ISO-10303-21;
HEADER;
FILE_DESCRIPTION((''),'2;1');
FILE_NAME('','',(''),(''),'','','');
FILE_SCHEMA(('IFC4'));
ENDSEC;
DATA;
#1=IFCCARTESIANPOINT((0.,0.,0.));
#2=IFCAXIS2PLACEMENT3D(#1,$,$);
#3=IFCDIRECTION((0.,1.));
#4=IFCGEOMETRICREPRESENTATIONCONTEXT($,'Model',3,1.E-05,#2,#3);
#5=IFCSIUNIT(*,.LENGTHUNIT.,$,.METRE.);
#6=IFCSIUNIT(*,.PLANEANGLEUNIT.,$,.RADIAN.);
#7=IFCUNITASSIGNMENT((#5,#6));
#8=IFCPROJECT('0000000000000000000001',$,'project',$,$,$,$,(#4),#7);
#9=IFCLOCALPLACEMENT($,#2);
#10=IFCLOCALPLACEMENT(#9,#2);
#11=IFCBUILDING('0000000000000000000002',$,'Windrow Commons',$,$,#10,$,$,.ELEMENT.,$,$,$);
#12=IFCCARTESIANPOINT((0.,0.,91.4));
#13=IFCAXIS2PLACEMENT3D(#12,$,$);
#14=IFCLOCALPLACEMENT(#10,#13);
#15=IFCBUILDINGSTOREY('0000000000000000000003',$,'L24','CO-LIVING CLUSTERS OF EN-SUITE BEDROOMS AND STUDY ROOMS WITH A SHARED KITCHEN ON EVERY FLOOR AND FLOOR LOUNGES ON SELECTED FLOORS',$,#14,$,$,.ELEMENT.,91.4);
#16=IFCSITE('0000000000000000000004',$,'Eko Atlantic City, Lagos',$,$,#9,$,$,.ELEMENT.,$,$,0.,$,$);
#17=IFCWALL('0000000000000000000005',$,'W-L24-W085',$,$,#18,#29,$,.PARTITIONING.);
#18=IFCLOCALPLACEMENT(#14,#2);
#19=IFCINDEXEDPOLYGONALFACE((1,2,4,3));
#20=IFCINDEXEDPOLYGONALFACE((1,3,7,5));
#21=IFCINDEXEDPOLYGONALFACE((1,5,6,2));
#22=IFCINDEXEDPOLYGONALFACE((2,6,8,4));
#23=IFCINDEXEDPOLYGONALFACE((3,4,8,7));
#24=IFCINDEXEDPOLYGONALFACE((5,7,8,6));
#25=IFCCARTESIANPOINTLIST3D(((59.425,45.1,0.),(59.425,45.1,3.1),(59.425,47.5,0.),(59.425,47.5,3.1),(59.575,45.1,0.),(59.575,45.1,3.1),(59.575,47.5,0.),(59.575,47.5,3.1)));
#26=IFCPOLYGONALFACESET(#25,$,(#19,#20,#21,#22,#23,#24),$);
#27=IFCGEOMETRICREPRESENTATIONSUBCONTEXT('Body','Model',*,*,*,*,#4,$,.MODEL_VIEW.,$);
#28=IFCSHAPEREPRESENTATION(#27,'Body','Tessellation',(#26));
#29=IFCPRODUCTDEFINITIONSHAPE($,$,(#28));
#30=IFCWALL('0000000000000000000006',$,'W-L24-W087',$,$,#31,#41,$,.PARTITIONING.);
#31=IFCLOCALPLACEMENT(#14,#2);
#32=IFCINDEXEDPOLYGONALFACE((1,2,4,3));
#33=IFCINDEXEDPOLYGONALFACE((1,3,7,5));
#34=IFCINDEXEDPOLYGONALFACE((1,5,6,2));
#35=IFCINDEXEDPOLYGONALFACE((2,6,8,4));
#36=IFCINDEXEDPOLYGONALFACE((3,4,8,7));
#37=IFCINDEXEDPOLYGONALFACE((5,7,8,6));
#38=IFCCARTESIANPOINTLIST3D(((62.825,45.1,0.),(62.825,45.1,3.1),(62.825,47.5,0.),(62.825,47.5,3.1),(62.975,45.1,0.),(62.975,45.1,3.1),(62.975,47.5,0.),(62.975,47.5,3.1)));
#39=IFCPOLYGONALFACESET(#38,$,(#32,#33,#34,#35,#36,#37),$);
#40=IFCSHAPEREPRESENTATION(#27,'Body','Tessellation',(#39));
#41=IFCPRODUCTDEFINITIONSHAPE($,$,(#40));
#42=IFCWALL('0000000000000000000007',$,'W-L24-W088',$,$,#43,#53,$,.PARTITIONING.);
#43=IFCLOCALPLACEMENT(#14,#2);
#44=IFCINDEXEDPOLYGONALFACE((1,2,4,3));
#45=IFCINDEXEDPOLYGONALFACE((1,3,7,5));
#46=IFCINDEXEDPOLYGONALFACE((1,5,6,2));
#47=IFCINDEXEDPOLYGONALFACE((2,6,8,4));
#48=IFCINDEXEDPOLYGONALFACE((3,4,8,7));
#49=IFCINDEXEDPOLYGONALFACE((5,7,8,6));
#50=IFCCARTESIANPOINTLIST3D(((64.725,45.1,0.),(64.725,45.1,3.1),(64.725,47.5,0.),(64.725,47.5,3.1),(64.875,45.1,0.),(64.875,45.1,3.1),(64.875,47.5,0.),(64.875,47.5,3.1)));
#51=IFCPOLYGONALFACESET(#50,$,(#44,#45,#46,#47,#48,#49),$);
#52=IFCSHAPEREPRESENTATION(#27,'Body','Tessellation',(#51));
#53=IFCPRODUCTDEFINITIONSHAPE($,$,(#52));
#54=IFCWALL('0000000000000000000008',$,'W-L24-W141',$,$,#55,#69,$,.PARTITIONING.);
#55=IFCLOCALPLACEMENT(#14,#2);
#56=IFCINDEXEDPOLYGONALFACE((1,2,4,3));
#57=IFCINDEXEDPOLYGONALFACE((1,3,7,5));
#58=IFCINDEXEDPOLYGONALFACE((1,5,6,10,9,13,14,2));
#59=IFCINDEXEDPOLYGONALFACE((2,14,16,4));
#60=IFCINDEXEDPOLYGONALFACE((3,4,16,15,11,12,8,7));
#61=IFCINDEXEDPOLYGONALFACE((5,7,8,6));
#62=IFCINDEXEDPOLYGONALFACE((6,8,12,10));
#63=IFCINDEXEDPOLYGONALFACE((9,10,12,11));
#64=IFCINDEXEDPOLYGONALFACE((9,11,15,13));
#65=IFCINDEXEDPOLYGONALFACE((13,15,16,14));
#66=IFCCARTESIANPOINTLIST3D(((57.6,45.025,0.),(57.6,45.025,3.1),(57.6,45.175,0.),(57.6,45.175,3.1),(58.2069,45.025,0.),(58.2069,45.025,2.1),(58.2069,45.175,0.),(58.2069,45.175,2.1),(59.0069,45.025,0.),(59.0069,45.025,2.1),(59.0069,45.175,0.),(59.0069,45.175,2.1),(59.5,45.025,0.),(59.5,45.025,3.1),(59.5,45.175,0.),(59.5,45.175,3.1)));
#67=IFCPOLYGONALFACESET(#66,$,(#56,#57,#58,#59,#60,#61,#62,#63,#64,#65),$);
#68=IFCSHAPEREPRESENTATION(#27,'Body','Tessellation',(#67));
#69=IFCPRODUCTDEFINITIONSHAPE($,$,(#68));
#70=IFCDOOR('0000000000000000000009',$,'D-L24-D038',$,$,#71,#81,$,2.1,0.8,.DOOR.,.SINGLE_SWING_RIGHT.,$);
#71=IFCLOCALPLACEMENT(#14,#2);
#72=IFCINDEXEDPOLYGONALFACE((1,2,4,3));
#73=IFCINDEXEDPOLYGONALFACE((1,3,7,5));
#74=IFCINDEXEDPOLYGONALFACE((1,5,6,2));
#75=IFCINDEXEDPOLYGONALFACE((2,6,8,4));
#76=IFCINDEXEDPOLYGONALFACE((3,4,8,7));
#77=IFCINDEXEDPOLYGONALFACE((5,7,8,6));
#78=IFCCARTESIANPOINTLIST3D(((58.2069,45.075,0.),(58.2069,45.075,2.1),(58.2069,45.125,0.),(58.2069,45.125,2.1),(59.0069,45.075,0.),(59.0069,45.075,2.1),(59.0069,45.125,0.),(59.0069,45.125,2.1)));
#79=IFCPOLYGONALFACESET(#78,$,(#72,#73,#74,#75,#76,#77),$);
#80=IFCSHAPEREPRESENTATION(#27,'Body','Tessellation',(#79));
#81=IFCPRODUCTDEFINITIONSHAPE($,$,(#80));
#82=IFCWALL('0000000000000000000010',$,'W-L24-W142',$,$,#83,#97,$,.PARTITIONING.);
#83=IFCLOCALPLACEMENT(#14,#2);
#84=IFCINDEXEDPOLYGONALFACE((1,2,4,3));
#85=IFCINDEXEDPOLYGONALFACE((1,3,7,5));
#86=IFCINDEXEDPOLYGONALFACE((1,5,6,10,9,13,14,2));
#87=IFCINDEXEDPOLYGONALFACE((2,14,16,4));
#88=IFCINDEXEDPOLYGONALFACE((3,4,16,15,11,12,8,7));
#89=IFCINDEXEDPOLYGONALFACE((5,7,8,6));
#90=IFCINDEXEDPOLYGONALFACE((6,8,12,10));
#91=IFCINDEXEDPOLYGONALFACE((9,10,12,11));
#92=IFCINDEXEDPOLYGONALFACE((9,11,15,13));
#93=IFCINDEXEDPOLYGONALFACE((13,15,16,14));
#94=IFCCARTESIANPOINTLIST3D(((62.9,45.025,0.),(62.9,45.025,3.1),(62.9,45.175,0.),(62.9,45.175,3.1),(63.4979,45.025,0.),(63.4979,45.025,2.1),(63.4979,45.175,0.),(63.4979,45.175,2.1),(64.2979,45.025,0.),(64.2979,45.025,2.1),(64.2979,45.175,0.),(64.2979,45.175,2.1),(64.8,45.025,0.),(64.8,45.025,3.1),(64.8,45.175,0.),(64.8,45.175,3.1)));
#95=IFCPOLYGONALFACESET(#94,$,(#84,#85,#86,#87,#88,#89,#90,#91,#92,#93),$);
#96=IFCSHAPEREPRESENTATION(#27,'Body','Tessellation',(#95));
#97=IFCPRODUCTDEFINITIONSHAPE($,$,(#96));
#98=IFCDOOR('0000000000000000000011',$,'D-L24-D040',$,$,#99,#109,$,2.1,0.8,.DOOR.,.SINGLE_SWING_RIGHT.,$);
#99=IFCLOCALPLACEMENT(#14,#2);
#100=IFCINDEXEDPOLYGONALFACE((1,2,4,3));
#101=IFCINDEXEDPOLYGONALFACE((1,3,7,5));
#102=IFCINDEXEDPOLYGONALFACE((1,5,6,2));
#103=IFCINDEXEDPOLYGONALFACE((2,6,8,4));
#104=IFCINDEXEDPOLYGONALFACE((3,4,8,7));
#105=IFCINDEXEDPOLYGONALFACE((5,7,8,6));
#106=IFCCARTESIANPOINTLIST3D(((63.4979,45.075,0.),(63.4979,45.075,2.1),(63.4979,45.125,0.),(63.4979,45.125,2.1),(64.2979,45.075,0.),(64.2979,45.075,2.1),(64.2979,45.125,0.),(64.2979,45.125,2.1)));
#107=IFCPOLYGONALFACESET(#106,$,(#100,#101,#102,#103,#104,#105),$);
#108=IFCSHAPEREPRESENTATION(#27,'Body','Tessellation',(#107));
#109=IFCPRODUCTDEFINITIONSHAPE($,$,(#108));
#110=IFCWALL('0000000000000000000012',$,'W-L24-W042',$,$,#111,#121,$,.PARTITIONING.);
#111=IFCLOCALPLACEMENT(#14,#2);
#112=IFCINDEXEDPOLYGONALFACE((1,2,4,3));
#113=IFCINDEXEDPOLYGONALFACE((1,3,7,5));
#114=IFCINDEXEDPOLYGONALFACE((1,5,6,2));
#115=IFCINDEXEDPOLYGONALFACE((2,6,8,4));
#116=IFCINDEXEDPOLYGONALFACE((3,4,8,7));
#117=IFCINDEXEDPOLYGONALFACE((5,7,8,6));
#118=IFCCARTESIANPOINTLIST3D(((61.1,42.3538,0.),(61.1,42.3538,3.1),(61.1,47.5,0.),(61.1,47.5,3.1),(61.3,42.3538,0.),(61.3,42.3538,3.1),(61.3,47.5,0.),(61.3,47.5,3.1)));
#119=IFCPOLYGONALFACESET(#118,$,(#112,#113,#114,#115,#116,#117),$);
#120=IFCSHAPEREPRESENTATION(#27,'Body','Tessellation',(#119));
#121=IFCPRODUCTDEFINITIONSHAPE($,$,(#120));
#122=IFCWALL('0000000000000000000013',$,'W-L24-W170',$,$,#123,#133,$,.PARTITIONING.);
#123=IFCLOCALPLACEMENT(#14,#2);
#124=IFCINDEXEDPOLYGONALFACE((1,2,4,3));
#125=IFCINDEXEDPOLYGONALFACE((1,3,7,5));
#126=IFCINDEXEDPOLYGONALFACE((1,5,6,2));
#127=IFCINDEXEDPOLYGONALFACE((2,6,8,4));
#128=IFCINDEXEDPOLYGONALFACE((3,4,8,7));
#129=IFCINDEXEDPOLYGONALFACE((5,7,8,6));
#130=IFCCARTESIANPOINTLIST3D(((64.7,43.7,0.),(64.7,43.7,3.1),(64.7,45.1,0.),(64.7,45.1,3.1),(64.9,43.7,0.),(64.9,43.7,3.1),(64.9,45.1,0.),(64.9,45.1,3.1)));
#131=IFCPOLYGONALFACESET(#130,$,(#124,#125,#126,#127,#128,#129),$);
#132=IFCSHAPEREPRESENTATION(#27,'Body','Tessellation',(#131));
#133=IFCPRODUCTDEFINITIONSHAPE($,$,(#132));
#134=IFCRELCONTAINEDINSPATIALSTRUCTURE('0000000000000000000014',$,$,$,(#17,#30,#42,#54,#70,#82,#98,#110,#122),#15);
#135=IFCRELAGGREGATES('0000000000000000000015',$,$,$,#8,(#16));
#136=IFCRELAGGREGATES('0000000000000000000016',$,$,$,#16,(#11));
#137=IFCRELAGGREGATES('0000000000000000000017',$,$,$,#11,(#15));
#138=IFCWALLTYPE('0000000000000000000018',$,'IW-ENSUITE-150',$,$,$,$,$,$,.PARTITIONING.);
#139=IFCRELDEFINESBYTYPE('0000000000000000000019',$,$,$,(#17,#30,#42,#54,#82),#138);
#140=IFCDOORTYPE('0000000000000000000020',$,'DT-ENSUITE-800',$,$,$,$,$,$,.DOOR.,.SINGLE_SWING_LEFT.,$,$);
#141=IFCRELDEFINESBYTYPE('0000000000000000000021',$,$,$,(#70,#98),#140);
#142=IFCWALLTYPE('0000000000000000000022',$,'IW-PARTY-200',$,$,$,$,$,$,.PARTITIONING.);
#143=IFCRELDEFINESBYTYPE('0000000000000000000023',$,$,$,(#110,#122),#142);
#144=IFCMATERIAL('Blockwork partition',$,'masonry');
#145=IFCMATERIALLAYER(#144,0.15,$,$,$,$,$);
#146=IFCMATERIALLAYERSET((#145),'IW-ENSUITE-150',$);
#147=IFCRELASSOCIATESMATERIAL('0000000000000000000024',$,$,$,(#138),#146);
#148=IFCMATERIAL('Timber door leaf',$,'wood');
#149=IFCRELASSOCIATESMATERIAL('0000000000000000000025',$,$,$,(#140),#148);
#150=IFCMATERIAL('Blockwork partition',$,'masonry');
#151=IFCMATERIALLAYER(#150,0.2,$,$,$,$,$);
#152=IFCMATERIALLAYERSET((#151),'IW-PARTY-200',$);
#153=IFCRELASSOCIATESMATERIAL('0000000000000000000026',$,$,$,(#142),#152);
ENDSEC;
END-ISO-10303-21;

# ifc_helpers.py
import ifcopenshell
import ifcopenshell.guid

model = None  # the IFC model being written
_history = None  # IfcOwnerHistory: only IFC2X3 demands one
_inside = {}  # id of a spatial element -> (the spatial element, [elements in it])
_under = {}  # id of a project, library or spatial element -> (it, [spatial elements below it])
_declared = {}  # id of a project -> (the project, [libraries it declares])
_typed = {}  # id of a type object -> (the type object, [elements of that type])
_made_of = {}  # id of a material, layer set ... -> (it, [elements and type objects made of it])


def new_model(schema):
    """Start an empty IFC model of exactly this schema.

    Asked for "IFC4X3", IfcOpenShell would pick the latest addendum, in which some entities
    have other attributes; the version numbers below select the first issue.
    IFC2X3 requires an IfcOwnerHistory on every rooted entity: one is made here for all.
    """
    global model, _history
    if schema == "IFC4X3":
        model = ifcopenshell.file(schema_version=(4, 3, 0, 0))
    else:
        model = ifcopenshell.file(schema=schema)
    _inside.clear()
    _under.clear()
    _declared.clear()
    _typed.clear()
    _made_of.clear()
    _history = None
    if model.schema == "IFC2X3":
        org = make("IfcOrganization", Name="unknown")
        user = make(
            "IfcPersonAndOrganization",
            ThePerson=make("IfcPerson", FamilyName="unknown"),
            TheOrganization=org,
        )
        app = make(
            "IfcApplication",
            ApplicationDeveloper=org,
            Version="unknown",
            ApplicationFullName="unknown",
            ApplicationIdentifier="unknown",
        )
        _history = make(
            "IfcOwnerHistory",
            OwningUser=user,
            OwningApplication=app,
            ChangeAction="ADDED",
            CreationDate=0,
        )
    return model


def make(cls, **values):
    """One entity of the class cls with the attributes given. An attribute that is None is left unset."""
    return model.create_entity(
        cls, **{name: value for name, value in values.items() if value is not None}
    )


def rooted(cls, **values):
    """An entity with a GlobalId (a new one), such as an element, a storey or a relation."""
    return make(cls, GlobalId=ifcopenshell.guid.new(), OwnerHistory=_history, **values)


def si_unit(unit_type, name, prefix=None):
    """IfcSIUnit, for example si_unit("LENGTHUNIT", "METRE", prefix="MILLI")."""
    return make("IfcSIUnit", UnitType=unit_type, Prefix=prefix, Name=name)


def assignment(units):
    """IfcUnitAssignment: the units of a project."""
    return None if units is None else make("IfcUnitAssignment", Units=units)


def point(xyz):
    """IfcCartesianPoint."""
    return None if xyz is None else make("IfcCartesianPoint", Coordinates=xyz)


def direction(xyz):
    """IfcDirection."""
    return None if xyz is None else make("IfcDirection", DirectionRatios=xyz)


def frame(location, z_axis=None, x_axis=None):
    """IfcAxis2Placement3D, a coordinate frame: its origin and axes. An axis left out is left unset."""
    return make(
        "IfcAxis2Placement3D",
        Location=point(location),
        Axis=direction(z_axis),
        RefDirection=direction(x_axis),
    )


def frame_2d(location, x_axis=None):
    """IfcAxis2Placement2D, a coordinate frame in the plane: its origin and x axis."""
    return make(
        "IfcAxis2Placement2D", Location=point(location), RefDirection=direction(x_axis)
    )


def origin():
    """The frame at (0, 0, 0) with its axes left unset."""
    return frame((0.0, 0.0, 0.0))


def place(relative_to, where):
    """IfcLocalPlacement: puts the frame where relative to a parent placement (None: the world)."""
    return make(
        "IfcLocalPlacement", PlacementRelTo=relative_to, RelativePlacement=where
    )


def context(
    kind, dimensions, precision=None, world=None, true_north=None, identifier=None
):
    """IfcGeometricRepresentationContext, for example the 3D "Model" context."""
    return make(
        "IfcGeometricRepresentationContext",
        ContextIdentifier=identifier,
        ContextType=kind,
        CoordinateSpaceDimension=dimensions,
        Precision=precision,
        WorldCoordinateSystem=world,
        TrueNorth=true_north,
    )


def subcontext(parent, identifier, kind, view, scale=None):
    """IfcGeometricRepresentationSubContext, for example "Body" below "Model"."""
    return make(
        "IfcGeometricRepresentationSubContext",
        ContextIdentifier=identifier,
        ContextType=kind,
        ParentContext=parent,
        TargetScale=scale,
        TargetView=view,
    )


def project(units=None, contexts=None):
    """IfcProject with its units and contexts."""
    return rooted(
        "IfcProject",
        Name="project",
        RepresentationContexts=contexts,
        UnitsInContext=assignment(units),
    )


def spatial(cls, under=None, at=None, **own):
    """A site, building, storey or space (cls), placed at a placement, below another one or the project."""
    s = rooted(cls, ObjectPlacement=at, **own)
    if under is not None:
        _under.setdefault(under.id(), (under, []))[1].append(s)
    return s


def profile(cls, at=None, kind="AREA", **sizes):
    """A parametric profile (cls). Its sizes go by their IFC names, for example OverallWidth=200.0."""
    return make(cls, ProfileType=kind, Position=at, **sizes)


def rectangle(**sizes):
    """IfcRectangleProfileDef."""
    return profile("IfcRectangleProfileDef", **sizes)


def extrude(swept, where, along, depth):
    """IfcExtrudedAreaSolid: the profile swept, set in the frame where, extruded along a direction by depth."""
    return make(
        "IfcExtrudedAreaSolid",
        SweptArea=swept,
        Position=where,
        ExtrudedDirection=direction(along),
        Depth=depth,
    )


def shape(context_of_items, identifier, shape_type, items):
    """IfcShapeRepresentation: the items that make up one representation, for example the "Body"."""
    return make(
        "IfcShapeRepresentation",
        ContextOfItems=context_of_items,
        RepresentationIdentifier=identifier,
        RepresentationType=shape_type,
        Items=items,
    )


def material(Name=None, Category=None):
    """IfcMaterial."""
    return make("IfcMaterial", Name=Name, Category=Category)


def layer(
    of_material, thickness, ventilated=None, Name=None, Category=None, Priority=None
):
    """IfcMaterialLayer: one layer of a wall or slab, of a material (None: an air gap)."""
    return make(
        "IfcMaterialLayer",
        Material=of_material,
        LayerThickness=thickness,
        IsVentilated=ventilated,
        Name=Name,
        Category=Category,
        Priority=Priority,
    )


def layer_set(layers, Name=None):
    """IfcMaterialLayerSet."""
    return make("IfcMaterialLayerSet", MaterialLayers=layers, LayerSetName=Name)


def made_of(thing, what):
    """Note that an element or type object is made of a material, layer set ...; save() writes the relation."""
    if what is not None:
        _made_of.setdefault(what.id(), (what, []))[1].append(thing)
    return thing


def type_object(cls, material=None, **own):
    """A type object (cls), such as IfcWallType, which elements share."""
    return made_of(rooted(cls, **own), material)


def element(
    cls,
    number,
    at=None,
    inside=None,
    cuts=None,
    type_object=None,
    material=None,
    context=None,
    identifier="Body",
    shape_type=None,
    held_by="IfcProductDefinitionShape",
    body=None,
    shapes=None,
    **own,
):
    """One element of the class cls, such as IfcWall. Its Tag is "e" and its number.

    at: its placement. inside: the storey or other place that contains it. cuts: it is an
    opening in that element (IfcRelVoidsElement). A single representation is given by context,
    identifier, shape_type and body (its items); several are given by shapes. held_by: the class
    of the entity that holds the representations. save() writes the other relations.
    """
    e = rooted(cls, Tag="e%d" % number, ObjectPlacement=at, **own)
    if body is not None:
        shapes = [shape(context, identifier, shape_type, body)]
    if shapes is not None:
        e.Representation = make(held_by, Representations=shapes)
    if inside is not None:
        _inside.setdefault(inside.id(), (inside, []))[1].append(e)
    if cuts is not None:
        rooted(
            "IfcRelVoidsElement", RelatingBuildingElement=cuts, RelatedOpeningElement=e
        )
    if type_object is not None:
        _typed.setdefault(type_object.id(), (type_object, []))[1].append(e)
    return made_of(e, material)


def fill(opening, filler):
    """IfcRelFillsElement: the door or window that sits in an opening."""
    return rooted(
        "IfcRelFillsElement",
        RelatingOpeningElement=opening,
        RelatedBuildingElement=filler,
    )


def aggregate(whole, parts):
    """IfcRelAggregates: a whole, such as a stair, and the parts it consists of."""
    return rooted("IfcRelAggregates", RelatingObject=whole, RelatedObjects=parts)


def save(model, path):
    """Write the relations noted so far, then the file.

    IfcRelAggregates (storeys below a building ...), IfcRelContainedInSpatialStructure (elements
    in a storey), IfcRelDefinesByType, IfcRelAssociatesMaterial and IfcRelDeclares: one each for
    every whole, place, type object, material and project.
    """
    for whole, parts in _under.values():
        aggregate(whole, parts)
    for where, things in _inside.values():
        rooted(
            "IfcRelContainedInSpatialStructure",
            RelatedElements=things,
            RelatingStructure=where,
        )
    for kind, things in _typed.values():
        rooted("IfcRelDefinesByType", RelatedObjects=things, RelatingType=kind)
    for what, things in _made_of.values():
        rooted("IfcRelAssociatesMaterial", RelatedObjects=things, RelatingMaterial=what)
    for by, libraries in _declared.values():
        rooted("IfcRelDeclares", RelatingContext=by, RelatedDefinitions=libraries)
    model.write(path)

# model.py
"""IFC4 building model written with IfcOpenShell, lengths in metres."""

from ifc_helpers import new_model, si_unit, direction, frame, frame_2d, origin, place, context, subcontext, project, spatial, rectangle, extrude, material, layer, layer_set, type_object, element, fill, save


model = new_model("IFC4")

# Units and contexts
model_context = context("Model", 3, precision=1e-05, world=origin(), true_north=direction((0.0, 1.0)))
body_context = subcontext(model_context, "Body", "Model", "MODEL_VIEW")
ifc_project = project(units=[si_unit("LENGTHUNIT", "METRE"), si_unit("PLANEANGLEUNIT", "RADIAN")], contexts=[model_context])

# Site, building, storey
site_placement = place(None, origin())
site = spatial("IfcSite", under=ifc_project, at=site_placement, Name="Eko Atlantic City, Lagos", CompositionType="ELEMENT", RefElevation=0.0)
building_placement = place(site_placement, origin())
building = spatial("IfcBuilding", under=site, at=building_placement, Name="Windrow Commons", CompositionType="ELEMENT")
storey_placement = place(building_placement, frame((0.0, 0.0, 91.4)))
storey = spatial("IfcBuildingStorey", under=building, at=storey_placement, Name="L24", Description="CO-LIVING CLUSTERS OF EN-SUITE BEDROOMS AND STUDY ROOMS WITH A SHARED KITCHEN ON EVERY FLOOR AND FLOOR LOUNGES ON SELECTED FLOORS", CompositionType="ELEMENT", Elevation=91.4)

# Walls
ifc_material_1 = material(Name="Blockwork partition", Category="masonry")
ifc_layer_1 = layer(ifc_material_1, 0.15)
ifc_layer_set_1 = layer_set([ifc_layer_1], Name="IW-ENSUITE-150")
wall_type_1 = type_object("IfcWallType", Name="IW-ENSUITE-150", PredefinedType="PARTITIONING", material=ifc_layer_set_1)
for number, where, z_axis, x_axis, name in (
    (1, (59.5, 45.1, 0.0), (0.0, 0.0, 1.0), (0.0, 1.0, 0.0), "W-L24-W085"),
    (2, (62.9, 45.1, 0.0), (0.0, 0.0, 1.0), (0.0, 1.0, 0.0), "W-L24-W087"),
    (3, (64.8, 45.1, 0.0), (0.0, 0.0, 1.0), (0.0, 1.0, 0.0), "W-L24-W088"),
):
    element("IfcWall", number, at=place(storey_placement, frame(where, z_axis=z_axis, x_axis=x_axis)), inside=storey, type_object=wall_type_1, Name=name, PredefinedType="PARTITIONING", context=body_context, shape_type="SweptSolid", body=[
        extrude(rectangle(XDim=2.4, YDim=0.15, at=frame_2d((1.2, 0.0))), origin(), (0.0, 0.0, 1.0), 3.1),
    ])

# Walls, openings, doors
wall_1_placement = place(storey_placement, frame((57.6, 45.1, 0.0), z_axis=(0.0, 0.0, 1.0), x_axis=(1.0, 0.0, 0.0)))
wall_1 = element("IfcWall", 4, at=wall_1_placement, inside=storey, type_object=wall_type_1, Name="W-L24-W141", PredefinedType="PARTITIONING", context=body_context, shape_type="SweptSolid", body=[
    extrude(rectangle(XDim=1.9, YDim=0.15, at=frame_2d((0.95, 0.0))), origin(), (0.0, 0.0, 1.0), 3.1),
])
opening_1_placement = place(wall_1_placement, frame((0.6069, 0.0, 0.0)))
opening_1 = element("IfcOpeningElement", 5, at=opening_1_placement, cuts=wall_1, PredefinedType="OPENING", context=body_context, shape_type="SweptSolid", body=[
    extrude(rectangle(XDim=0.8, YDim=2.1, at=frame_2d((0.4, 1.05))), frame((0.0, 0.085, 0.0), z_axis=(0.0, -1.0, 0.0), x_axis=(1.0, 0.0, 0.0)), (0.0, 0.0, 1.0), 0.17),
])
ifc_material_2 = material(Name="Timber door leaf", Category="wood")
door_type = type_object("IfcDoorType", Name="DT-ENSUITE-800", OperationType="SINGLE_SWING_LEFT", PredefinedType="DOOR", material=ifc_material_2)
door_1_placement = place(opening_1_placement, origin())
door_1 = element("IfcDoor", 6, at=door_1_placement, inside=storey, type_object=door_type, Name="D-L24-D038", OperationType="SINGLE_SWING_RIGHT", OverallHeight=2.1, OverallWidth=0.8, PredefinedType="DOOR", context=body_context, shape_type="SweptSolid", body=[
    extrude(rectangle(XDim=0.8, YDim=2.1, at=frame_2d((0.4, 1.05))), frame((0.0, 0.025, 0.0), z_axis=(0.0, -1.0, 0.0), x_axis=(1.0, 0.0, 0.0)), (0.0, 0.0, 1.0), 0.05),
])
fill(opening_1, door_1)
wall_2_placement = place(storey_placement, frame((62.9, 45.1, 0.0), z_axis=(0.0, 0.0, 1.0), x_axis=(1.0, 0.0, 0.0)))
wall_2 = element("IfcWall", 7, at=wall_2_placement, inside=storey, type_object=wall_type_1, Name="W-L24-W142", PredefinedType="PARTITIONING", context=body_context, shape_type="SweptSolid", body=[
    extrude(rectangle(XDim=1.9, YDim=0.15, at=frame_2d((0.95, 0.0))), origin(), (0.0, 0.0, 1.0), 3.1),
])
opening_2_placement = place(wall_2_placement, frame((0.5979, 0.0, 0.0)))
opening_2 = element("IfcOpeningElement", 8, at=opening_2_placement, cuts=wall_2, PredefinedType="OPENING", context=body_context, shape_type="SweptSolid", body=[
    extrude(rectangle(XDim=0.8, YDim=2.1, at=frame_2d((0.4, 1.05))), frame((0.0, 0.085, 0.0), z_axis=(0.0, -1.0, 0.0), x_axis=(1.0, 0.0, 0.0)), (0.0, 0.0, 1.0), 0.17),
])
door_2_placement = place(opening_2_placement, origin())
door_2 = element("IfcDoor", 9, at=door_2_placement, inside=storey, type_object=door_type, Name="D-L24-D040", OperationType="SINGLE_SWING_RIGHT", OverallHeight=2.1, OverallWidth=0.8, PredefinedType="DOOR", context=body_context, shape_type="SweptSolid", body=[
    extrude(rectangle(XDim=0.8, YDim=2.1, at=frame_2d((0.4, 1.05))), frame((0.0, 0.025, 0.0), z_axis=(0.0, -1.0, 0.0), x_axis=(1.0, 0.0, 0.0)), (0.0, 0.0, 1.0), 0.05),
])
fill(opening_2, door_2)

# Walls
ifc_material_3 = material(Name="Blockwork partition", Category="masonry")
ifc_layer_2 = layer(ifc_material_3, 0.2)
ifc_layer_set_2 = layer_set([ifc_layer_2], Name="IW-PARTY-200")
wall_type_2 = type_object("IfcWallType", Name="IW-PARTY-200", PredefinedType="PARTITIONING", material=ifc_layer_set_2)
wall_3_placement = place(storey_placement, frame((61.2, 42.3539, 0.0), z_axis=(0.0, 0.0, 1.0), x_axis=(0.0, 1.0, 0.0)))
element("IfcWall", 10, at=wall_3_placement, inside=storey, type_object=wall_type_2, Name="W-L24-W042", PredefinedType="PARTITIONING", context=body_context, shape_type="SweptSolid", body=[
    extrude(rectangle(XDim=5.1461, YDim=0.2, at=frame_2d((2.573, 0.0))), origin(), (0.0, 0.0, 1.0), 3.1),
])
wall_4_placement = place(storey_placement, frame((64.8, 43.7, 0.0), z_axis=(0.0, 0.0, 1.0), x_axis=(0.0, 1.0, 0.0)))
element("IfcWall", 11, at=wall_4_placement, inside=storey, type_object=wall_type_2, Name="W-L24-W170", PredefinedType="PARTITIONING", context=body_context, shape_type="SweptSolid", body=[
    extrude(rectangle(XDim=1.4, YDim=0.2, at=frame_2d((0.7, 0.0))), origin(), (0.0, 0.0, 1.0), 3.1),
])

save(model, "model.ifc")
